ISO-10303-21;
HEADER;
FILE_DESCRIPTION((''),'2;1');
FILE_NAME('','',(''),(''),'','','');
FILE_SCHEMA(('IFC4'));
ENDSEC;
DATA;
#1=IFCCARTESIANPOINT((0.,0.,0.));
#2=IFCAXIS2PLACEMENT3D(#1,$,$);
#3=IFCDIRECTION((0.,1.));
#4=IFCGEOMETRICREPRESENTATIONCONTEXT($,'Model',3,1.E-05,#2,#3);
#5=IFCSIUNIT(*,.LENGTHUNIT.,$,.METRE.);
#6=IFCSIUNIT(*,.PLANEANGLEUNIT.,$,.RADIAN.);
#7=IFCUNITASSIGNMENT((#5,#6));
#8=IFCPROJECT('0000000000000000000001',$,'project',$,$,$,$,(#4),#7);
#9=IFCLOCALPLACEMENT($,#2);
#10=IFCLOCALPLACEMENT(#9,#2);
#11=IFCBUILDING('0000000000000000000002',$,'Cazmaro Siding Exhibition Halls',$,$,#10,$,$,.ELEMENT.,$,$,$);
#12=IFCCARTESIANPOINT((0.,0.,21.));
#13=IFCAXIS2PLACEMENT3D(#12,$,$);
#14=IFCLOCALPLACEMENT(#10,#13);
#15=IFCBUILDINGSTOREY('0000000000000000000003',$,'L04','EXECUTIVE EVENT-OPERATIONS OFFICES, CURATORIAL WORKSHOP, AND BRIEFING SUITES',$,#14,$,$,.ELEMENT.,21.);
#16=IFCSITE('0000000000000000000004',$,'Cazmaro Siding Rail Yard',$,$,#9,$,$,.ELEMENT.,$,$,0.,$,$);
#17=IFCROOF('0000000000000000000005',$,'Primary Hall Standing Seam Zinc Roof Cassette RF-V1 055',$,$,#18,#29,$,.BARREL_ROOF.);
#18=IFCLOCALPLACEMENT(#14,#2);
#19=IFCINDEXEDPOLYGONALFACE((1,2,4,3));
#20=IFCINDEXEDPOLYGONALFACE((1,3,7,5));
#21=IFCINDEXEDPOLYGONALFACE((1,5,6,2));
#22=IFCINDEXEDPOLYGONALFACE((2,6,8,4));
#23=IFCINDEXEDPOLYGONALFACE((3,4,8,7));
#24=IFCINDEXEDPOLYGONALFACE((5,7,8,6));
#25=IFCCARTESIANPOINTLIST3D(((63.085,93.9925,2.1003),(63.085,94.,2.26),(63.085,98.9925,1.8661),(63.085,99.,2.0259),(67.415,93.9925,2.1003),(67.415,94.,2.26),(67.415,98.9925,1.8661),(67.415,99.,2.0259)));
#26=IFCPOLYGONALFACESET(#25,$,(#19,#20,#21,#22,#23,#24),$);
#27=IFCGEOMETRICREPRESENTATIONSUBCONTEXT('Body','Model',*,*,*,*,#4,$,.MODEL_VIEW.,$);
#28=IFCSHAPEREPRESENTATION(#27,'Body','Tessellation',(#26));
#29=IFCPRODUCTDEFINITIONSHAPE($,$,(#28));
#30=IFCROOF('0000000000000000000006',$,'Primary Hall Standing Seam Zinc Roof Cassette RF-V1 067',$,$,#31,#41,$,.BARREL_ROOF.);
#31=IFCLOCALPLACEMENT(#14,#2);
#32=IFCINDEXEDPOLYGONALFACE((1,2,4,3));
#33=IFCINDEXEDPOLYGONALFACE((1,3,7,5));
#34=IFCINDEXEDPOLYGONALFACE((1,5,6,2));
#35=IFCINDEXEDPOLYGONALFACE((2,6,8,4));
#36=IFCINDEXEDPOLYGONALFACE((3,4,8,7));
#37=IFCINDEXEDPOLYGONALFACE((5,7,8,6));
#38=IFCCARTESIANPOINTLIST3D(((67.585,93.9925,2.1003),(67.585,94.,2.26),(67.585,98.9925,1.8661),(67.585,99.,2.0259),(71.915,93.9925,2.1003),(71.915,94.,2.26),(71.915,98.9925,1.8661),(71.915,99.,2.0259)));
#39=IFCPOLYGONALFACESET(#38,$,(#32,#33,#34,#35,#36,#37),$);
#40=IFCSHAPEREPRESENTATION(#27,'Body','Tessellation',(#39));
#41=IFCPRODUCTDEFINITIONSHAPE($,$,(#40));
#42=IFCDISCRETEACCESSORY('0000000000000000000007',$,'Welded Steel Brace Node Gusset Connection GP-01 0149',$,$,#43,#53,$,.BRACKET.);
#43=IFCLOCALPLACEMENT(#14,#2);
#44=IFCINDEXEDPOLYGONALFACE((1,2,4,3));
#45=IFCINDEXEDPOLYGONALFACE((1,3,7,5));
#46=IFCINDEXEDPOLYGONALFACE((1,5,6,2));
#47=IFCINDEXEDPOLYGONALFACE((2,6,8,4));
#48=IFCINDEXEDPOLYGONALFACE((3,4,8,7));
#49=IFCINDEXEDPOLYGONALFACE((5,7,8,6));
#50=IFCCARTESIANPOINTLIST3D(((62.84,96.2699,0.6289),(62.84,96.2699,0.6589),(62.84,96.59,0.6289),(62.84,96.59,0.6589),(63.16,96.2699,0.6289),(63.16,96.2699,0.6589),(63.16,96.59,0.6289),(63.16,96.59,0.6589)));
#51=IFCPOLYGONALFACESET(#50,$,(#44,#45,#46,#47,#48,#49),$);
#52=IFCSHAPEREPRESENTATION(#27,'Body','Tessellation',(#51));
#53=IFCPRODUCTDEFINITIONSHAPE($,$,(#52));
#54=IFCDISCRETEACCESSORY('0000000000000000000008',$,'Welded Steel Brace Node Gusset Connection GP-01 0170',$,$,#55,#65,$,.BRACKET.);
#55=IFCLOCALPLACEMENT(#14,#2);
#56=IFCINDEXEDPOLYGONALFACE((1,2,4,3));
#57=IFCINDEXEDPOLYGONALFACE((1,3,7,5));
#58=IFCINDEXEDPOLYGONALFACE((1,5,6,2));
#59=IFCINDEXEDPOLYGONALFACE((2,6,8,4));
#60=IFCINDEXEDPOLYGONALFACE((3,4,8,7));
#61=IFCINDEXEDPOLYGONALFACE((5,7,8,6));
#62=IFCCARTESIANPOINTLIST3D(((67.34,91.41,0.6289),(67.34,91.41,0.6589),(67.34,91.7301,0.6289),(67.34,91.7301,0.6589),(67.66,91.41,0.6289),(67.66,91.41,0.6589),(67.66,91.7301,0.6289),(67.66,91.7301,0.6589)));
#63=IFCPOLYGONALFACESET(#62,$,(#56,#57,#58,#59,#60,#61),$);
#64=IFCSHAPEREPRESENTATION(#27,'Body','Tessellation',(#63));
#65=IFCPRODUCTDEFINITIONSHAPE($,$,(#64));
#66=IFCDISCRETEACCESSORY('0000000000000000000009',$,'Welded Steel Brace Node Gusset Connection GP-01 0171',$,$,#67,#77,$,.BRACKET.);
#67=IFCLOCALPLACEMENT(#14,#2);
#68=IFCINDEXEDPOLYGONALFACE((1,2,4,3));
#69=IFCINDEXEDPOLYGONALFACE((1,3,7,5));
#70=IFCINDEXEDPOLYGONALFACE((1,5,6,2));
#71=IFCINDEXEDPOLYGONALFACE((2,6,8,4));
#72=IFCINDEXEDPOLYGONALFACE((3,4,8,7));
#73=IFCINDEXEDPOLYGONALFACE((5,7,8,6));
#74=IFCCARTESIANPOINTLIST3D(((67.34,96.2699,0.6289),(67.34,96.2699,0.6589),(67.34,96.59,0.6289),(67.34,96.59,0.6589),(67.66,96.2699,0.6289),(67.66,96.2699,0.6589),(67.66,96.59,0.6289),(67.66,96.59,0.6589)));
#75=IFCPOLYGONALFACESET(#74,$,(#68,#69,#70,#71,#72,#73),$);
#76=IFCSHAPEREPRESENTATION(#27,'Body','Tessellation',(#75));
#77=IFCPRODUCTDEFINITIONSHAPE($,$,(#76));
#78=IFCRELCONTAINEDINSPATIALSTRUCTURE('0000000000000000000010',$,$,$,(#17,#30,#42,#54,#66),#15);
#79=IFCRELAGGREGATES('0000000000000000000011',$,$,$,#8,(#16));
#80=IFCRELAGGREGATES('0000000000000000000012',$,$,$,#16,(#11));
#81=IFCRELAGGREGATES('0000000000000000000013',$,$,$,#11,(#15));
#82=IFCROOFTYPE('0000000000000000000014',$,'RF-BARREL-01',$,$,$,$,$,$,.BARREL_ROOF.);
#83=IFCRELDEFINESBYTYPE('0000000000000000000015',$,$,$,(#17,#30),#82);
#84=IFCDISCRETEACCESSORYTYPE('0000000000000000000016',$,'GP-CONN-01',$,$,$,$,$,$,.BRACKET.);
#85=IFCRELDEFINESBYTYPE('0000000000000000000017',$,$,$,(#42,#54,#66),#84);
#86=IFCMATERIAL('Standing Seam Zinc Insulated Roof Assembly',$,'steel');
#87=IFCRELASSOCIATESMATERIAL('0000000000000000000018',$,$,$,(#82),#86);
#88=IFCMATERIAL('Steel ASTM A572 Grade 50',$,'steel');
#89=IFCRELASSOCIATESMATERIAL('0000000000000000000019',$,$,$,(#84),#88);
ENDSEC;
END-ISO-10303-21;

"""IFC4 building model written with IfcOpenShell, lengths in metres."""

from ifc_helpers import new_model, si_unit, direction, frame, origin, origin_2d, place, context, subcontext, project, spatial, polyline, rectangle, outline, extrude, material, type_object, element, save


model = new_model("IFC4")

# Units and contexts
model_context = context("Model", 3, precision=1e-05, world=origin(), true_north=direction((0.0, 1.0)))
body_context = subcontext(model_context, "Body", "Model", "MODEL_VIEW")
ifc_project = project(units=[si_unit("LENGTHUNIT", "METRE"), si_unit("PLANEANGLEUNIT", "RADIAN")], contexts=[model_context])

# Site, building, storey
site_placement = place(None, origin())
site = spatial("IfcSite", under=ifc_project, at=site_placement, Name="Cazmaro Siding Rail Yard", CompositionType="ELEMENT", RefElevation=0.0)
building_placement = place(site_placement, origin())
building = spatial("IfcBuilding", under=site, at=building_placement, Name="Cazmaro Siding Exhibition Halls", CompositionType="ELEMENT")
storey_placement = place(building_placement, frame((0.0, 0.0, 21.0)))
storey = spatial("IfcBuildingStorey", under=building, at=storey_placement, Name="L04", Description="EXECUTIVE EVENT-OPERATIONS OFFICES, CURATORIAL WORKSHOP, AND BRIEFING SUITES", CompositionType="ELEMENT", Elevation=21.0)

# Roofs
ifc_material_1 = material(Name="Standing Seam Zinc Insulated Roof Assembly", Category="steel")
roof_type = type_object("IfcRoofType", Name="RF-BARREL-01", PredefinedType="BARREL_ROOF", material=ifc_material_1)
for number, where, z_axis, x_axis, name in (
    (1, (63.085, 94.0, 2.26), (0.0, 0.046775, 0.998905), (1.0, 0.0, 0.0), "Primary Hall Standing Seam Zinc Roof Cassette RF-V1 055"),
    (2, (67.585, 94.0, 2.26), (0.0, 0.046775, 0.998905), (1.0, 0.0, 0.0), "Primary Hall Standing Seam Zinc Roof Cassette RF-V1 067"),
):
    element("IfcRoof", number, at=place(storey_placement, frame(where, z_axis=z_axis, x_axis=x_axis)), inside=storey, type_object=roof_type, Name=name, PredefinedType="BARREL_ROOF", context=body_context, shape_type="SweptSolid", body=[
        extrude(outline(polyline([(0.0, 0.0), (4.3301, 0.0), (4.3301, 5.0055), (0.0, 5.0055), (0.0, 0.0)])), origin(), (0.0, 0.0, -1.0), 0.1599),
    ])

# Discrete accessories
ifc_material_2 = material(Name="Steel ASTM A572 Grade 50", Category="steel")
discrete_accessory_type = type_object("IfcDiscreteAccessoryType", Name="GP-CONN-01", PredefinedType="BRACKET", material=ifc_material_2)
for number, where, z_axis, x_axis, name in (
    (3, (63.0, 96.4299, 0.6289), (0.0, 0.0, 1.0), (1.0, 0.0, 0.0), "Welded Steel Brace Node Gusset Connection GP-01 0149"),
    (4, (67.5, 91.5701, 0.6289), (0.0, 0.0, 1.0), (1.0, 0.0, 0.0), "Welded Steel Brace Node Gusset Connection GP-01 0170"),
    (5, (67.5, 96.4299, 0.6289), (0.0, 0.0, 1.0), (1.0, 0.0, 0.0), "Welded Steel Brace Node Gusset Connection GP-01 0171"),
):
    element("IfcDiscreteAccessory", number, at=place(storey_placement, frame(where, z_axis=z_axis, x_axis=x_axis)), inside=storey, type_object=discrete_accessory_type, Name=name, PredefinedType="BRACKET", context=body_context, shape_type="SweptSolid", body=[
        extrude(rectangle(XDim=0.3201, YDim=0.3201, at=origin_2d()), origin(), (0.0, 0.0, 1.0), 0.03),
    ])

save(model, "model.ifc")
